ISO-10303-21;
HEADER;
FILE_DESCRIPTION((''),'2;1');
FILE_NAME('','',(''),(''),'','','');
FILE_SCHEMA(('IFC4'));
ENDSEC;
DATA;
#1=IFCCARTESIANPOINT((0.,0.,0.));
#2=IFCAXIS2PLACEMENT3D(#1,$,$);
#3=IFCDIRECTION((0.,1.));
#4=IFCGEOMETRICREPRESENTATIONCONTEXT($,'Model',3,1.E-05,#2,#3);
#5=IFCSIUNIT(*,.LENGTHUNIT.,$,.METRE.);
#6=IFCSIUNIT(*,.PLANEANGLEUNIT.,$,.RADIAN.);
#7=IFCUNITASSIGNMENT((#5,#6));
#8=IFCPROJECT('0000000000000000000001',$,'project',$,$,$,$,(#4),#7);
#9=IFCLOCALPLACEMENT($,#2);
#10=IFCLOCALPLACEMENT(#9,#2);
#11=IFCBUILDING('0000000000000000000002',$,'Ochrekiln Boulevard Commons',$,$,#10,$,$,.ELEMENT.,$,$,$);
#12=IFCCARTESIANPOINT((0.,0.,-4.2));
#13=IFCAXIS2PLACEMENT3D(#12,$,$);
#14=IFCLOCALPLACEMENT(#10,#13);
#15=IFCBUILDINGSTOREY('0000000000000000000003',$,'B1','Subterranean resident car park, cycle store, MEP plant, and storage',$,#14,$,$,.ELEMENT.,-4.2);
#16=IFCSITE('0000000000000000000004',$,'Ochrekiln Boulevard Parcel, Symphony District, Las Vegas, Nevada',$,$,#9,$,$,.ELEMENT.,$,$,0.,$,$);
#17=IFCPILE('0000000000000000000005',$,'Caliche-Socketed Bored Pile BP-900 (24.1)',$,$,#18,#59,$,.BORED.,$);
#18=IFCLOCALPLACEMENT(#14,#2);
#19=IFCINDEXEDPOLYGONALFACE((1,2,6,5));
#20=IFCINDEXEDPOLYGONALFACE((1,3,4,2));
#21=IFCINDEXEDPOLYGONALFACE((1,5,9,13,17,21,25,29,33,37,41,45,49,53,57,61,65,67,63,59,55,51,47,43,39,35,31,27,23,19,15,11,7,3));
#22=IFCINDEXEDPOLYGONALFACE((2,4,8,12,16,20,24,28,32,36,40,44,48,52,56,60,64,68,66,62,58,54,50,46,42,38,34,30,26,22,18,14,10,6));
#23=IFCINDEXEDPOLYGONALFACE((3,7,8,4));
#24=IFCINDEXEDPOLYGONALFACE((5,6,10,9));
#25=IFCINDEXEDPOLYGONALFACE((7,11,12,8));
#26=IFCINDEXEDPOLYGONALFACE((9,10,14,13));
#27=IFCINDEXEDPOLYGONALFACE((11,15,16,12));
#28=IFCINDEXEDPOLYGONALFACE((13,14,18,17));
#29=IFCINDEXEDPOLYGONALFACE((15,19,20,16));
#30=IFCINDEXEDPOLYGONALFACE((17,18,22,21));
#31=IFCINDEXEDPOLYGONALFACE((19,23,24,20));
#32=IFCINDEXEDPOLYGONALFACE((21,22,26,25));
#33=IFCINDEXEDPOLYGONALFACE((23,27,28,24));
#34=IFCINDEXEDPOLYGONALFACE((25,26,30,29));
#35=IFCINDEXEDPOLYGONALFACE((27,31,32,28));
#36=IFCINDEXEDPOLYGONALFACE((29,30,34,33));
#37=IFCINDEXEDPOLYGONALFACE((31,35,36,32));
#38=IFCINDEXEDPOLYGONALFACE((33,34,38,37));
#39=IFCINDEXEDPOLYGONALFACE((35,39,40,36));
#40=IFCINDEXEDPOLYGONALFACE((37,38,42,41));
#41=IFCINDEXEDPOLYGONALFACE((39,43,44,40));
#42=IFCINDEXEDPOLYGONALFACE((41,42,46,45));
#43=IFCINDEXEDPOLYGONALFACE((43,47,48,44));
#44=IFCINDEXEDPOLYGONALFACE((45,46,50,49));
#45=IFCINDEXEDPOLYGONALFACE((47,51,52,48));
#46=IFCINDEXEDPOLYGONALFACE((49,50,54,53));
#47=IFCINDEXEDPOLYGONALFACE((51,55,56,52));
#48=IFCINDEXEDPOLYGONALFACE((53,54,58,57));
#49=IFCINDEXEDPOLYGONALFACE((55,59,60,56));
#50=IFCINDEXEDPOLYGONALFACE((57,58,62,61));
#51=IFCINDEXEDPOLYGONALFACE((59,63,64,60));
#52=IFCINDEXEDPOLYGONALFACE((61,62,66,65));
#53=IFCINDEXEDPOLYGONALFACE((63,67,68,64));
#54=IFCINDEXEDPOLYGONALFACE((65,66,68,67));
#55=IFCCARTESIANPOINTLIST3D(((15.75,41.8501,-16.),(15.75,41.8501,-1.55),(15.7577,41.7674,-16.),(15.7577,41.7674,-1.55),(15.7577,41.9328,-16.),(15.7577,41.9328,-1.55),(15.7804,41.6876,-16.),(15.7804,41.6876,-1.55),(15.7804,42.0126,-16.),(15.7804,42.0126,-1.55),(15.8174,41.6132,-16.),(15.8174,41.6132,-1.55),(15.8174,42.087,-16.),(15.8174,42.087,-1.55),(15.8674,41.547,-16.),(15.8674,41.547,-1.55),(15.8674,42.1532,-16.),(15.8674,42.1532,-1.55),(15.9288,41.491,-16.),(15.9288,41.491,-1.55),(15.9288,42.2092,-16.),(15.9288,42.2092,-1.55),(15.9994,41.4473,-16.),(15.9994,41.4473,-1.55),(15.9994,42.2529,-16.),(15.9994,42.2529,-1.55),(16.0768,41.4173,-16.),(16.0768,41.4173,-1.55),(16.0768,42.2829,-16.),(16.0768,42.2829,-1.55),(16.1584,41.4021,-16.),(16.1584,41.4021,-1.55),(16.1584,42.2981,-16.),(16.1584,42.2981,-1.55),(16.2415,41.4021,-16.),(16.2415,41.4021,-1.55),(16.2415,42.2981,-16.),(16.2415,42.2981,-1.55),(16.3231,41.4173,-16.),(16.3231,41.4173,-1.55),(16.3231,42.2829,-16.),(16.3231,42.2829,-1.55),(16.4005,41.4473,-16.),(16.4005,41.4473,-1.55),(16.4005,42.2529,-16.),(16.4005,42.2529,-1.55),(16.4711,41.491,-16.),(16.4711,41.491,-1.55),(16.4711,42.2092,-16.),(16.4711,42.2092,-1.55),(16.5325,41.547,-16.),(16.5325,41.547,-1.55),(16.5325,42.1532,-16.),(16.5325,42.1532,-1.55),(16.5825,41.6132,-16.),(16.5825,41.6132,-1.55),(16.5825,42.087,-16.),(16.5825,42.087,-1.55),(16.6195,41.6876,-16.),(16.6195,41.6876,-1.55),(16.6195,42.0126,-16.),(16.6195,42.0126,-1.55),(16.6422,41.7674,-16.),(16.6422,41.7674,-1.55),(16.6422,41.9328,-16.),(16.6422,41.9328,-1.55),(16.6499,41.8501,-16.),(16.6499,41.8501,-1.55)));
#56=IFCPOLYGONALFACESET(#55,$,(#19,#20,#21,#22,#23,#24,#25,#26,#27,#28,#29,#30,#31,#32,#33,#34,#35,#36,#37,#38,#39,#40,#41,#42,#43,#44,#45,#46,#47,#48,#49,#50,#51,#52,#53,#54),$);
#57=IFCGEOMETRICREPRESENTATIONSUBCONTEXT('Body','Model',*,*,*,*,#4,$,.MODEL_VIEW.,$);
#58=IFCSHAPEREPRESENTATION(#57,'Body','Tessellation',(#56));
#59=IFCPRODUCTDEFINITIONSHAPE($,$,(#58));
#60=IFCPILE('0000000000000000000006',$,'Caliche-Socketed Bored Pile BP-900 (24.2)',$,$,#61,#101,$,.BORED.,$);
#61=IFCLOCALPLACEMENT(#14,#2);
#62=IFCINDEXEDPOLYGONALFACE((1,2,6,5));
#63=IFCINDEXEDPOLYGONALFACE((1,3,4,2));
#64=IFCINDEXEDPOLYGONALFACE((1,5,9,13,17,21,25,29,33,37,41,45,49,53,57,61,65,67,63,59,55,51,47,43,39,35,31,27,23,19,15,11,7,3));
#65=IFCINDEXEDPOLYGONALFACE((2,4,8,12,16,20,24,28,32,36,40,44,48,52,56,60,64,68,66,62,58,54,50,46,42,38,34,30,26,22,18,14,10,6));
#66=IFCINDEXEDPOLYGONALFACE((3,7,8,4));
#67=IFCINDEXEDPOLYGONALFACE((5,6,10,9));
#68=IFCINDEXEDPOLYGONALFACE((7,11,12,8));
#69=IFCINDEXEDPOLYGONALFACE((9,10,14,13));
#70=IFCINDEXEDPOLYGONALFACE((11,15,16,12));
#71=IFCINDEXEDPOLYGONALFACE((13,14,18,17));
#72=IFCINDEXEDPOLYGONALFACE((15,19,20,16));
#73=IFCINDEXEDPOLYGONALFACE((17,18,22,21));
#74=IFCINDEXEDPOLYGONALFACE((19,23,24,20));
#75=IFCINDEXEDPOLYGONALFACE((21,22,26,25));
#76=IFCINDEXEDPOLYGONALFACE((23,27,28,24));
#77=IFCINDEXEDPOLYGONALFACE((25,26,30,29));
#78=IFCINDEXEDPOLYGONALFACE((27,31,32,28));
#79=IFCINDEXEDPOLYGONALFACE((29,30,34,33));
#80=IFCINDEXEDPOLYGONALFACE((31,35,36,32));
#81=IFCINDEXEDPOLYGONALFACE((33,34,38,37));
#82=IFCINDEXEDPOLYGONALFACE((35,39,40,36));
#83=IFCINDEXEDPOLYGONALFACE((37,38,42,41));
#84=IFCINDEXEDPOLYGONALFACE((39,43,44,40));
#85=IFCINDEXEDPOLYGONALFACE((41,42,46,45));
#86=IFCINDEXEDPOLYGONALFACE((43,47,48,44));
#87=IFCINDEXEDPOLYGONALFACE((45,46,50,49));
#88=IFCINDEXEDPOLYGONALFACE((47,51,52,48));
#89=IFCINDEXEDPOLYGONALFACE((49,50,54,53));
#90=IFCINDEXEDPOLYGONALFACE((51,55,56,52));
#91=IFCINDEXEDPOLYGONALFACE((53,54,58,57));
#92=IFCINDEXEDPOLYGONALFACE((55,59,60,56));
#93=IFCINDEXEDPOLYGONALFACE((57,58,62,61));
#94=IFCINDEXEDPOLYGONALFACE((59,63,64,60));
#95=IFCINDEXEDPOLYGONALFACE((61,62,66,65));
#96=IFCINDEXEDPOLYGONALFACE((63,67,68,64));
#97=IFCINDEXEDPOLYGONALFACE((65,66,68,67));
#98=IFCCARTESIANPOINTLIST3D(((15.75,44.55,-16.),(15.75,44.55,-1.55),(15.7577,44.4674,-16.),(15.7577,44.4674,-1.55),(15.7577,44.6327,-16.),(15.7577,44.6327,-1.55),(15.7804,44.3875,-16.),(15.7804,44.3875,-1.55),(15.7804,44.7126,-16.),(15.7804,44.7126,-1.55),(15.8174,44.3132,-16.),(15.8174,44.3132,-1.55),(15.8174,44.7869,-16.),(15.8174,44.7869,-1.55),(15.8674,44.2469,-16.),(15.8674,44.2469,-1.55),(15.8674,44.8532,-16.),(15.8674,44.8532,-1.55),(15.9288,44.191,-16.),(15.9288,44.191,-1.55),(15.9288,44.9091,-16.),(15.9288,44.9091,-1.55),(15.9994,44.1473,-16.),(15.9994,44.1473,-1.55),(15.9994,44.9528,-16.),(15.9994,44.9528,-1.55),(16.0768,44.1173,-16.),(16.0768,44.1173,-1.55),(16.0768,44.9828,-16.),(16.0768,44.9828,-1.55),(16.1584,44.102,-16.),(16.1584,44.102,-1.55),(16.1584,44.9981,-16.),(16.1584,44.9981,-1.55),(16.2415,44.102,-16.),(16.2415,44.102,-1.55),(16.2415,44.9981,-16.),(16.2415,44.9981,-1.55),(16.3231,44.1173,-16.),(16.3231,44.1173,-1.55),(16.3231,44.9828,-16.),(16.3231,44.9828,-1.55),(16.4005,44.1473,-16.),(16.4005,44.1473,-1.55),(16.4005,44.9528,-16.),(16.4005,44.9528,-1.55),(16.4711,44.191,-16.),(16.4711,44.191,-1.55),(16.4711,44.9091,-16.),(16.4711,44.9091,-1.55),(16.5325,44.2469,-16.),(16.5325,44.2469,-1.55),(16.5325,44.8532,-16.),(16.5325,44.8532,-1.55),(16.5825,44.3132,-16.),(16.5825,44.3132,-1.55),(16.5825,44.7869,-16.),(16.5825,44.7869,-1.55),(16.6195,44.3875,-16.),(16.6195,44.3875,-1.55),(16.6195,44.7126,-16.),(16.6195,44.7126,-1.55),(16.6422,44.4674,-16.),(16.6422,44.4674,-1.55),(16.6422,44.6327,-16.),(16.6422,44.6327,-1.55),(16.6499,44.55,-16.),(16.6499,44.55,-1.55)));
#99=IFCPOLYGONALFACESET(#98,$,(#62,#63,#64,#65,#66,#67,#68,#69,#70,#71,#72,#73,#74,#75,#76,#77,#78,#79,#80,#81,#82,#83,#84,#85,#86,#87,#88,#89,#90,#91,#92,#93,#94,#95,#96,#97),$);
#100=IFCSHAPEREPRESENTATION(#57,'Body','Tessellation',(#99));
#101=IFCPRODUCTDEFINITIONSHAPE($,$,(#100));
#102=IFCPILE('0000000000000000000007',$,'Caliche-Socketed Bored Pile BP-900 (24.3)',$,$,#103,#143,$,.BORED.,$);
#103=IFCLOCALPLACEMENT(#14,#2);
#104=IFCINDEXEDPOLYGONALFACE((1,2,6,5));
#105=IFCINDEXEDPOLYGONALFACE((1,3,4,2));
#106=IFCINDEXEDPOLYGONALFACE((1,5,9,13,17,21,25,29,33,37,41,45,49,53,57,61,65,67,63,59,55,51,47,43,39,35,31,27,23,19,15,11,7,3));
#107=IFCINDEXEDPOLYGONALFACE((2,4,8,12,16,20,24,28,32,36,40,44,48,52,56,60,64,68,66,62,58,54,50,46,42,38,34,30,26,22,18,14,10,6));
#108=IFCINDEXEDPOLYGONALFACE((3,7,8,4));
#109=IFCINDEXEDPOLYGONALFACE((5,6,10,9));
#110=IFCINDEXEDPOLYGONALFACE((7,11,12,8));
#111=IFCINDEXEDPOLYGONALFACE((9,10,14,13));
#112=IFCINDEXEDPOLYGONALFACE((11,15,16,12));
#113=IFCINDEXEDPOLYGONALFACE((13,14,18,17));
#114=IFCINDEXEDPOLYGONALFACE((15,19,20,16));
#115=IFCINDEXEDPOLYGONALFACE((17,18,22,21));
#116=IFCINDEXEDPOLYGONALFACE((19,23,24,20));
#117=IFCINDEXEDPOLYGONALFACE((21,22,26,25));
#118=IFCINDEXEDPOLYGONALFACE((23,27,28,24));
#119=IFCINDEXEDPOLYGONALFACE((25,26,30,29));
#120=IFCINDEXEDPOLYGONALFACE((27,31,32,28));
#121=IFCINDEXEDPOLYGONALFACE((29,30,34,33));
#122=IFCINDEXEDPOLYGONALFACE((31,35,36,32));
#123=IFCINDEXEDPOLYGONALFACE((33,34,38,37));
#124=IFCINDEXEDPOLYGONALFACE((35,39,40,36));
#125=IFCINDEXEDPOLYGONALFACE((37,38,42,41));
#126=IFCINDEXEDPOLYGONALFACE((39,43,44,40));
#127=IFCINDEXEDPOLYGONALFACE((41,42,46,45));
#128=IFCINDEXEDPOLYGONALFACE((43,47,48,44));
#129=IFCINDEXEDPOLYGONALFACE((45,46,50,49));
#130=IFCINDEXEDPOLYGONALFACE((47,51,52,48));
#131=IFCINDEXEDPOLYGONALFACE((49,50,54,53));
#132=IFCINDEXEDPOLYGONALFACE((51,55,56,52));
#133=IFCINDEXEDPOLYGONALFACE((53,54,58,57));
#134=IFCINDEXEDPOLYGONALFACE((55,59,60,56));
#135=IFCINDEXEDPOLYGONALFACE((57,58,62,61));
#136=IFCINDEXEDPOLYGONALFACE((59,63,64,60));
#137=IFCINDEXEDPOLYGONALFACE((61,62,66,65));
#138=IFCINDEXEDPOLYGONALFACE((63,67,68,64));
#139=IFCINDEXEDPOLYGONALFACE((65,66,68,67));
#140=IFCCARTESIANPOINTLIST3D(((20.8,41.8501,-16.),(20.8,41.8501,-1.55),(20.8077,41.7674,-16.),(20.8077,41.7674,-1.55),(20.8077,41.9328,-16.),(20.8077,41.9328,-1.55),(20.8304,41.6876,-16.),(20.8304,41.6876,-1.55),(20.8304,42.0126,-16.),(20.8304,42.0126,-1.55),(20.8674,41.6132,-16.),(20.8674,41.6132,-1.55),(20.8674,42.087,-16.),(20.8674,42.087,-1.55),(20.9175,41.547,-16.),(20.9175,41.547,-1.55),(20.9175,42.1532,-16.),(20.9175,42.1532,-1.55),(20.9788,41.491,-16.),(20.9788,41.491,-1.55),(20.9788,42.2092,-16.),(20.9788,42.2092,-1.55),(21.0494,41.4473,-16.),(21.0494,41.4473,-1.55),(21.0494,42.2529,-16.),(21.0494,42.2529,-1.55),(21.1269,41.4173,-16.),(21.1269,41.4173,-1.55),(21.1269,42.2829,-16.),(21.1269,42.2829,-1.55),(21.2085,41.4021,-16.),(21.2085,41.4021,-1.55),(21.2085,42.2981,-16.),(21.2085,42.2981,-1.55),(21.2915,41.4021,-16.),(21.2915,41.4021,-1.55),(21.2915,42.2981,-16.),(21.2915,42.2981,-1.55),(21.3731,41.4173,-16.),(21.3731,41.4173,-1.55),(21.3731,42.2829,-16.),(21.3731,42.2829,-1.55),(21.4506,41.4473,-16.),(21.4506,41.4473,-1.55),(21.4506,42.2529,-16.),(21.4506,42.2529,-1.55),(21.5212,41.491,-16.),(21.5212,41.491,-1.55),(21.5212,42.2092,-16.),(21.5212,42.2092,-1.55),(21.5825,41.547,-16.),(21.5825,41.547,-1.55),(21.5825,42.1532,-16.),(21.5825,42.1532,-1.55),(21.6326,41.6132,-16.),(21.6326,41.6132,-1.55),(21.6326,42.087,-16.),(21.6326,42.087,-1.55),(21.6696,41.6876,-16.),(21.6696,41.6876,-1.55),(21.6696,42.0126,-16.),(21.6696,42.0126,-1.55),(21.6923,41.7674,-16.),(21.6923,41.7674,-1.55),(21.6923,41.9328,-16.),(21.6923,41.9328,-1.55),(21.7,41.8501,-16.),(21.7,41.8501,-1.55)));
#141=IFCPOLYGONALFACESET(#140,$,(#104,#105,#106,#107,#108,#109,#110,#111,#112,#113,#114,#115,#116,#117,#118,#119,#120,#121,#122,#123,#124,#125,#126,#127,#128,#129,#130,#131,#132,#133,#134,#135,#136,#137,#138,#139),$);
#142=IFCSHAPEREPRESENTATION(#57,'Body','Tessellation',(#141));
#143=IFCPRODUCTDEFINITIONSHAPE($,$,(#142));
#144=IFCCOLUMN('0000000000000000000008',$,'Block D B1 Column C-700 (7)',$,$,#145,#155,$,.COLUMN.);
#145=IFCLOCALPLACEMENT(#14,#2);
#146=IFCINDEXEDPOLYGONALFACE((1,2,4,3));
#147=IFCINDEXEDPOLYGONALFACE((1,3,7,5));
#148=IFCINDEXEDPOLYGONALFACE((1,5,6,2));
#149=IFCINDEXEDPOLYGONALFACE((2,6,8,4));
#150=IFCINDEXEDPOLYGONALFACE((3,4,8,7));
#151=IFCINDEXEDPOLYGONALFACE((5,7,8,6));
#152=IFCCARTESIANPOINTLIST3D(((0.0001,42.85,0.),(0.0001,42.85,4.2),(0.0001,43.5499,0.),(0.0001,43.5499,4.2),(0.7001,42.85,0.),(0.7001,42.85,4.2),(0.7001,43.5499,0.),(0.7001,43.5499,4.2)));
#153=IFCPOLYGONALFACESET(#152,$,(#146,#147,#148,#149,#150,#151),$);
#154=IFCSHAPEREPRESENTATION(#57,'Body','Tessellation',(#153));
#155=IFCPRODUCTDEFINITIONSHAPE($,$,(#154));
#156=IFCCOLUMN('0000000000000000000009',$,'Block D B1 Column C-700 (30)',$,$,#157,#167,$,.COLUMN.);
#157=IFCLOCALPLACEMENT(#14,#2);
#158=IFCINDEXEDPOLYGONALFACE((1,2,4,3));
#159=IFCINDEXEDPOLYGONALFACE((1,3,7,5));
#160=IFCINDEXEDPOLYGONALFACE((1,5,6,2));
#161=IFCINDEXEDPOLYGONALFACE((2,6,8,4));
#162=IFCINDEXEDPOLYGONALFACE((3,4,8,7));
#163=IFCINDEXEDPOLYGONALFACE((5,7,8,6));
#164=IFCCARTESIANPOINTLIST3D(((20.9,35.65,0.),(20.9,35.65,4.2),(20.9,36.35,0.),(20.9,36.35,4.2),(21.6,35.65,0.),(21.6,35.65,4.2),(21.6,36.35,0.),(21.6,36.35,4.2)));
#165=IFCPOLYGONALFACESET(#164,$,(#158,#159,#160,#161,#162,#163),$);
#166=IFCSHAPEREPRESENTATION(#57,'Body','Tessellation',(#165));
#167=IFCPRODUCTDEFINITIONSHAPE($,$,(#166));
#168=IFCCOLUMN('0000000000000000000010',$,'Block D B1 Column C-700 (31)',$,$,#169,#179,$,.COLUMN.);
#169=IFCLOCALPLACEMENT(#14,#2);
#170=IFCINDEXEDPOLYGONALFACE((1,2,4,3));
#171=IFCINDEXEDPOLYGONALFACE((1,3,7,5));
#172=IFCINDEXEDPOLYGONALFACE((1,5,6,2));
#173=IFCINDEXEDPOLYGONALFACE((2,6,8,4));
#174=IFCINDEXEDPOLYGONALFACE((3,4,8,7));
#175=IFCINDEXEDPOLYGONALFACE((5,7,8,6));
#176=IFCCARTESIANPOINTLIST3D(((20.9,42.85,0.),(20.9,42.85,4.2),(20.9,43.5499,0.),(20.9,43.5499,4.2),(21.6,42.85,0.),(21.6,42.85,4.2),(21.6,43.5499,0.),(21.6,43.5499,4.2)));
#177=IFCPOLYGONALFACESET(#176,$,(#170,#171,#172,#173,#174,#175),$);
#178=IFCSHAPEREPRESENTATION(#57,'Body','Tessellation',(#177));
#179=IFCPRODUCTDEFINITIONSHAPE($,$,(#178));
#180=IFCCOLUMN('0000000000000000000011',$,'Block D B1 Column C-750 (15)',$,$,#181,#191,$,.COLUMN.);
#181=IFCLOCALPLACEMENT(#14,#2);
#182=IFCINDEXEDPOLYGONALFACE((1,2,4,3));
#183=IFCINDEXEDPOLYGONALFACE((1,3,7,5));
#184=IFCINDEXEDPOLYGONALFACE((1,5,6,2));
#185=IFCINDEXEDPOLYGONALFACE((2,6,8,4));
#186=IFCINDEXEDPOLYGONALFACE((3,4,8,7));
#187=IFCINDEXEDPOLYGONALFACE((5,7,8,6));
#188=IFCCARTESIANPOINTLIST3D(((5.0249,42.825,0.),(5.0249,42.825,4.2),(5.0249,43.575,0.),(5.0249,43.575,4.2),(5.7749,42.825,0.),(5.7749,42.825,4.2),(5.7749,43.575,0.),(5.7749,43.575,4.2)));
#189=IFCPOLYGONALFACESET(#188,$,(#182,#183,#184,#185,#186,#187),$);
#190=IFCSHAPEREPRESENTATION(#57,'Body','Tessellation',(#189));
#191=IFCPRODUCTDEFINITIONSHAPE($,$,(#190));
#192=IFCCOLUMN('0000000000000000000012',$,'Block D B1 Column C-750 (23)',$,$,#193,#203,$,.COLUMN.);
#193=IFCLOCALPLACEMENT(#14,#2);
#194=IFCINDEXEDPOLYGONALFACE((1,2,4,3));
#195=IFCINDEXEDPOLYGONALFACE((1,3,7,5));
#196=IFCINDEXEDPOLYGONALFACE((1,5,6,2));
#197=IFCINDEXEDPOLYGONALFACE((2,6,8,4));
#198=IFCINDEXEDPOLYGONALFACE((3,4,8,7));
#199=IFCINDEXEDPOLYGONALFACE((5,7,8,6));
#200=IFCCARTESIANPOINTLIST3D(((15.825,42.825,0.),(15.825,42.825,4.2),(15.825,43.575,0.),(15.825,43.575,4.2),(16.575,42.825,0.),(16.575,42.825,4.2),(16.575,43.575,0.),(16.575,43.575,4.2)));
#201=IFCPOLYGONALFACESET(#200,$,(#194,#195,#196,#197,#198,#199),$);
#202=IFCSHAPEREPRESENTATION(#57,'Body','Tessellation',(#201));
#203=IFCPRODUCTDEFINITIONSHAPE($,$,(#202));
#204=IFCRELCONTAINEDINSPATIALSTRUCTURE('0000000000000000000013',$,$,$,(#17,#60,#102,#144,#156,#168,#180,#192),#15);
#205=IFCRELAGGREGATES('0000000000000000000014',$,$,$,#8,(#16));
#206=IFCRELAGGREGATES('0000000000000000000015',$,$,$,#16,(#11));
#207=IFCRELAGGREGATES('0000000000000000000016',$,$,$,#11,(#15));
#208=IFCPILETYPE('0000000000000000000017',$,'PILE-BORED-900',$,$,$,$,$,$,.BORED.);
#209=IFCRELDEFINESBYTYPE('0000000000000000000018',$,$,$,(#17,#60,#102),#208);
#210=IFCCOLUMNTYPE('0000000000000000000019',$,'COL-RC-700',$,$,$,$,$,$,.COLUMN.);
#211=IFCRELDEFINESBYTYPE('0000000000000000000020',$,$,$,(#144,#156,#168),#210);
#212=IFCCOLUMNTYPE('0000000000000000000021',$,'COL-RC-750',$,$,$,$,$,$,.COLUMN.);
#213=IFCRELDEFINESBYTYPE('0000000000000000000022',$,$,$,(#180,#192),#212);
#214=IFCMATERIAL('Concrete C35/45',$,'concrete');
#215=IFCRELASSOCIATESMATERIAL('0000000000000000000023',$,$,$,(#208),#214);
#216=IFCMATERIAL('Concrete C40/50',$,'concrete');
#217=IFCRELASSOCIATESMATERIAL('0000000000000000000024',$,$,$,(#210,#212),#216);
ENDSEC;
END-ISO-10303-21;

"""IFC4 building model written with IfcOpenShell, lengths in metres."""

from ifc_helpers import new_model, si_unit, direction, frame, origin, origin_2d, place, context, subcontext, project, spatial, rectangle, circle, extrude, material, material_profile, profile_set, type_object, element, save


model = new_model("IFC4")

# Units and contexts
model_context = context("Model", 3, precision=1e-05, world=origin(), true_north=direction((0.0, 1.0)))
body_context = subcontext(model_context, "Body", "Model", "MODEL_VIEW")
ifc_project = project(units=[si_unit("LENGTHUNIT", "METRE"), si_unit("PLANEANGLEUNIT", "RADIAN")], contexts=[model_context])

# Site, building, storey
site_placement = place(None, origin())
site = spatial("IfcSite", under=ifc_project, at=site_placement, Name="Ochrekiln Boulevard Parcel, Symphony District, Las Vegas, Nevada", CompositionType="ELEMENT", RefElevation=0.0)
building_placement = place(site_placement, origin())
building = spatial("IfcBuilding", under=site, at=building_placement, Name="Ochrekiln Boulevard Commons", CompositionType="ELEMENT")
storey_placement = place(building_placement, frame((0.0, 0.0, -4.2)))
storey = spatial("IfcBuildingStorey", under=building, at=storey_placement, Name="B1", Description="Subterranean resident car park, cycle store, MEP plant, and storage", CompositionType="ELEMENT", Elevation=-4.2)

# Shared definitions
ifc_material_1 = material(Name="Concrete C35/45", Category="concrete")

# Piles
ifc_material_profile_1 = material_profile(ifc_material_1, circle(Radius=0.45, at=origin_2d()), Name="PILE-D900")
ifc_profile_set_1 = profile_set([ifc_material_profile_1], Name="Concrete C35/45")
pile_type = type_object("IfcPileType", Name="PILE-BORED-900", PredefinedType="BORED", material=ifc_profile_set_1)
for number, where, z_axis, x_axis, name in (
    (1, (16.2, 41.8501, -1.55), (0.0, 0.0, -1.0), (1.0, 0.0, 0.0), "Caliche-Socketed Bored Pile BP-900 (24.1)"),
    (2, (16.2, 44.55, -1.55), (0.0, 0.0, -1.0), (1.0, 0.0, 0.0), "Caliche-Socketed Bored Pile BP-900 (24.2)"),
    (3, (21.25, 41.8501, -1.55), (0.0, 0.0, -1.0), (1.0, 0.0, 0.0), "Caliche-Socketed Bored Pile BP-900 (24.3)"),
):
    element("IfcPile", number, at=place(storey_placement, frame(where, z_axis=z_axis, x_axis=x_axis)), inside=storey, type_object=pile_type, Name=name, PredefinedType="BORED", context=body_context, shape_type="SweptSolid", body=[
        extrude(circle(Radius=0.45, at=origin_2d()), origin(), (0.0, 0.0, 1.0), 14.45),
    ])

# Columns
ifc_material_2 = material(Name="Concrete C40/50", Category="concrete")
ifc_material_profile_2 = material_profile(ifc_material_2, rectangle(XDim=0.7, YDim=0.7, at=origin_2d()), Name="RC-COL-700x700")
ifc_profile_set_2 = profile_set([ifc_material_profile_2], Name="Concrete C40/50")
column_type_1 = type_object("IfcColumnType", Name="COL-RC-700", PredefinedType="COLUMN", material=ifc_profile_set_2)
for number, where, z_axis, x_axis, name in (
    (4, (0.3501, 43.2, 0.0), (0.0, 0.0, 1.0), (1.0, 0.0, 0.0), "Block D B1 Column C-700 (7)"),
    (5, (21.25, 36.0, 0.0), (0.0, 0.0, 1.0), (1.0, 0.0, 0.0), "Block D B1 Column C-700 (30)"),
    (6, (21.25, 43.2, 0.0), (0.0, 0.0, 1.0), (1.0, 0.0, 0.0), "Block D B1 Column C-700 (31)"),
):
    element("IfcColumn", number, at=place(storey_placement, frame(where, z_axis=z_axis, x_axis=x_axis)), inside=storey, type_object=column_type_1, Name=name, PredefinedType="COLUMN", context=body_context, shape_type="SweptSolid", body=[
        extrude(rectangle(XDim=0.7, YDim=0.7, at=origin_2d()), origin(), (0.0, 0.0, 1.0), 4.2),
    ])
ifc_material_profile_3 = material_profile(ifc_material_2, rectangle(XDim=0.75, YDim=0.75, at=origin_2d()), Name="RC-COL-750x750")
ifc_profile_set_3 = profile_set([ifc_material_profile_3], Name="Concrete C40/50")
column_type_2 = type_object("IfcColumnType", Name="COL-RC-750", PredefinedType="COLUMN", material=ifc_profile_set_3)
for number, where, z_axis, x_axis, name in (
    (7, (5.3999, 43.2, 0.0), (0.0, 0.0, 1.0), (1.0, 0.0, 0.0), "Block D B1 Column C-750 (15)"),
    (8, (16.2, 43.2, 0.0), (0.0, 0.0, 1.0), (1.0, 0.0, 0.0), "Block D B1 Column C-750 (23)"),
):
    element("IfcColumn", number, at=place(storey_placement, frame(where, z_axis=z_axis, x_axis=x_axis)), inside=storey, type_object=column_type_2, Name=name, PredefinedType="COLUMN", context=body_context, shape_type="SweptSolid", body=[
        extrude(rectangle(XDim=0.75, YDim=0.75, at=origin_2d()), origin(), (0.0, 0.0, 1.0), 4.2),
    ])

save(model, "model.ifc")
